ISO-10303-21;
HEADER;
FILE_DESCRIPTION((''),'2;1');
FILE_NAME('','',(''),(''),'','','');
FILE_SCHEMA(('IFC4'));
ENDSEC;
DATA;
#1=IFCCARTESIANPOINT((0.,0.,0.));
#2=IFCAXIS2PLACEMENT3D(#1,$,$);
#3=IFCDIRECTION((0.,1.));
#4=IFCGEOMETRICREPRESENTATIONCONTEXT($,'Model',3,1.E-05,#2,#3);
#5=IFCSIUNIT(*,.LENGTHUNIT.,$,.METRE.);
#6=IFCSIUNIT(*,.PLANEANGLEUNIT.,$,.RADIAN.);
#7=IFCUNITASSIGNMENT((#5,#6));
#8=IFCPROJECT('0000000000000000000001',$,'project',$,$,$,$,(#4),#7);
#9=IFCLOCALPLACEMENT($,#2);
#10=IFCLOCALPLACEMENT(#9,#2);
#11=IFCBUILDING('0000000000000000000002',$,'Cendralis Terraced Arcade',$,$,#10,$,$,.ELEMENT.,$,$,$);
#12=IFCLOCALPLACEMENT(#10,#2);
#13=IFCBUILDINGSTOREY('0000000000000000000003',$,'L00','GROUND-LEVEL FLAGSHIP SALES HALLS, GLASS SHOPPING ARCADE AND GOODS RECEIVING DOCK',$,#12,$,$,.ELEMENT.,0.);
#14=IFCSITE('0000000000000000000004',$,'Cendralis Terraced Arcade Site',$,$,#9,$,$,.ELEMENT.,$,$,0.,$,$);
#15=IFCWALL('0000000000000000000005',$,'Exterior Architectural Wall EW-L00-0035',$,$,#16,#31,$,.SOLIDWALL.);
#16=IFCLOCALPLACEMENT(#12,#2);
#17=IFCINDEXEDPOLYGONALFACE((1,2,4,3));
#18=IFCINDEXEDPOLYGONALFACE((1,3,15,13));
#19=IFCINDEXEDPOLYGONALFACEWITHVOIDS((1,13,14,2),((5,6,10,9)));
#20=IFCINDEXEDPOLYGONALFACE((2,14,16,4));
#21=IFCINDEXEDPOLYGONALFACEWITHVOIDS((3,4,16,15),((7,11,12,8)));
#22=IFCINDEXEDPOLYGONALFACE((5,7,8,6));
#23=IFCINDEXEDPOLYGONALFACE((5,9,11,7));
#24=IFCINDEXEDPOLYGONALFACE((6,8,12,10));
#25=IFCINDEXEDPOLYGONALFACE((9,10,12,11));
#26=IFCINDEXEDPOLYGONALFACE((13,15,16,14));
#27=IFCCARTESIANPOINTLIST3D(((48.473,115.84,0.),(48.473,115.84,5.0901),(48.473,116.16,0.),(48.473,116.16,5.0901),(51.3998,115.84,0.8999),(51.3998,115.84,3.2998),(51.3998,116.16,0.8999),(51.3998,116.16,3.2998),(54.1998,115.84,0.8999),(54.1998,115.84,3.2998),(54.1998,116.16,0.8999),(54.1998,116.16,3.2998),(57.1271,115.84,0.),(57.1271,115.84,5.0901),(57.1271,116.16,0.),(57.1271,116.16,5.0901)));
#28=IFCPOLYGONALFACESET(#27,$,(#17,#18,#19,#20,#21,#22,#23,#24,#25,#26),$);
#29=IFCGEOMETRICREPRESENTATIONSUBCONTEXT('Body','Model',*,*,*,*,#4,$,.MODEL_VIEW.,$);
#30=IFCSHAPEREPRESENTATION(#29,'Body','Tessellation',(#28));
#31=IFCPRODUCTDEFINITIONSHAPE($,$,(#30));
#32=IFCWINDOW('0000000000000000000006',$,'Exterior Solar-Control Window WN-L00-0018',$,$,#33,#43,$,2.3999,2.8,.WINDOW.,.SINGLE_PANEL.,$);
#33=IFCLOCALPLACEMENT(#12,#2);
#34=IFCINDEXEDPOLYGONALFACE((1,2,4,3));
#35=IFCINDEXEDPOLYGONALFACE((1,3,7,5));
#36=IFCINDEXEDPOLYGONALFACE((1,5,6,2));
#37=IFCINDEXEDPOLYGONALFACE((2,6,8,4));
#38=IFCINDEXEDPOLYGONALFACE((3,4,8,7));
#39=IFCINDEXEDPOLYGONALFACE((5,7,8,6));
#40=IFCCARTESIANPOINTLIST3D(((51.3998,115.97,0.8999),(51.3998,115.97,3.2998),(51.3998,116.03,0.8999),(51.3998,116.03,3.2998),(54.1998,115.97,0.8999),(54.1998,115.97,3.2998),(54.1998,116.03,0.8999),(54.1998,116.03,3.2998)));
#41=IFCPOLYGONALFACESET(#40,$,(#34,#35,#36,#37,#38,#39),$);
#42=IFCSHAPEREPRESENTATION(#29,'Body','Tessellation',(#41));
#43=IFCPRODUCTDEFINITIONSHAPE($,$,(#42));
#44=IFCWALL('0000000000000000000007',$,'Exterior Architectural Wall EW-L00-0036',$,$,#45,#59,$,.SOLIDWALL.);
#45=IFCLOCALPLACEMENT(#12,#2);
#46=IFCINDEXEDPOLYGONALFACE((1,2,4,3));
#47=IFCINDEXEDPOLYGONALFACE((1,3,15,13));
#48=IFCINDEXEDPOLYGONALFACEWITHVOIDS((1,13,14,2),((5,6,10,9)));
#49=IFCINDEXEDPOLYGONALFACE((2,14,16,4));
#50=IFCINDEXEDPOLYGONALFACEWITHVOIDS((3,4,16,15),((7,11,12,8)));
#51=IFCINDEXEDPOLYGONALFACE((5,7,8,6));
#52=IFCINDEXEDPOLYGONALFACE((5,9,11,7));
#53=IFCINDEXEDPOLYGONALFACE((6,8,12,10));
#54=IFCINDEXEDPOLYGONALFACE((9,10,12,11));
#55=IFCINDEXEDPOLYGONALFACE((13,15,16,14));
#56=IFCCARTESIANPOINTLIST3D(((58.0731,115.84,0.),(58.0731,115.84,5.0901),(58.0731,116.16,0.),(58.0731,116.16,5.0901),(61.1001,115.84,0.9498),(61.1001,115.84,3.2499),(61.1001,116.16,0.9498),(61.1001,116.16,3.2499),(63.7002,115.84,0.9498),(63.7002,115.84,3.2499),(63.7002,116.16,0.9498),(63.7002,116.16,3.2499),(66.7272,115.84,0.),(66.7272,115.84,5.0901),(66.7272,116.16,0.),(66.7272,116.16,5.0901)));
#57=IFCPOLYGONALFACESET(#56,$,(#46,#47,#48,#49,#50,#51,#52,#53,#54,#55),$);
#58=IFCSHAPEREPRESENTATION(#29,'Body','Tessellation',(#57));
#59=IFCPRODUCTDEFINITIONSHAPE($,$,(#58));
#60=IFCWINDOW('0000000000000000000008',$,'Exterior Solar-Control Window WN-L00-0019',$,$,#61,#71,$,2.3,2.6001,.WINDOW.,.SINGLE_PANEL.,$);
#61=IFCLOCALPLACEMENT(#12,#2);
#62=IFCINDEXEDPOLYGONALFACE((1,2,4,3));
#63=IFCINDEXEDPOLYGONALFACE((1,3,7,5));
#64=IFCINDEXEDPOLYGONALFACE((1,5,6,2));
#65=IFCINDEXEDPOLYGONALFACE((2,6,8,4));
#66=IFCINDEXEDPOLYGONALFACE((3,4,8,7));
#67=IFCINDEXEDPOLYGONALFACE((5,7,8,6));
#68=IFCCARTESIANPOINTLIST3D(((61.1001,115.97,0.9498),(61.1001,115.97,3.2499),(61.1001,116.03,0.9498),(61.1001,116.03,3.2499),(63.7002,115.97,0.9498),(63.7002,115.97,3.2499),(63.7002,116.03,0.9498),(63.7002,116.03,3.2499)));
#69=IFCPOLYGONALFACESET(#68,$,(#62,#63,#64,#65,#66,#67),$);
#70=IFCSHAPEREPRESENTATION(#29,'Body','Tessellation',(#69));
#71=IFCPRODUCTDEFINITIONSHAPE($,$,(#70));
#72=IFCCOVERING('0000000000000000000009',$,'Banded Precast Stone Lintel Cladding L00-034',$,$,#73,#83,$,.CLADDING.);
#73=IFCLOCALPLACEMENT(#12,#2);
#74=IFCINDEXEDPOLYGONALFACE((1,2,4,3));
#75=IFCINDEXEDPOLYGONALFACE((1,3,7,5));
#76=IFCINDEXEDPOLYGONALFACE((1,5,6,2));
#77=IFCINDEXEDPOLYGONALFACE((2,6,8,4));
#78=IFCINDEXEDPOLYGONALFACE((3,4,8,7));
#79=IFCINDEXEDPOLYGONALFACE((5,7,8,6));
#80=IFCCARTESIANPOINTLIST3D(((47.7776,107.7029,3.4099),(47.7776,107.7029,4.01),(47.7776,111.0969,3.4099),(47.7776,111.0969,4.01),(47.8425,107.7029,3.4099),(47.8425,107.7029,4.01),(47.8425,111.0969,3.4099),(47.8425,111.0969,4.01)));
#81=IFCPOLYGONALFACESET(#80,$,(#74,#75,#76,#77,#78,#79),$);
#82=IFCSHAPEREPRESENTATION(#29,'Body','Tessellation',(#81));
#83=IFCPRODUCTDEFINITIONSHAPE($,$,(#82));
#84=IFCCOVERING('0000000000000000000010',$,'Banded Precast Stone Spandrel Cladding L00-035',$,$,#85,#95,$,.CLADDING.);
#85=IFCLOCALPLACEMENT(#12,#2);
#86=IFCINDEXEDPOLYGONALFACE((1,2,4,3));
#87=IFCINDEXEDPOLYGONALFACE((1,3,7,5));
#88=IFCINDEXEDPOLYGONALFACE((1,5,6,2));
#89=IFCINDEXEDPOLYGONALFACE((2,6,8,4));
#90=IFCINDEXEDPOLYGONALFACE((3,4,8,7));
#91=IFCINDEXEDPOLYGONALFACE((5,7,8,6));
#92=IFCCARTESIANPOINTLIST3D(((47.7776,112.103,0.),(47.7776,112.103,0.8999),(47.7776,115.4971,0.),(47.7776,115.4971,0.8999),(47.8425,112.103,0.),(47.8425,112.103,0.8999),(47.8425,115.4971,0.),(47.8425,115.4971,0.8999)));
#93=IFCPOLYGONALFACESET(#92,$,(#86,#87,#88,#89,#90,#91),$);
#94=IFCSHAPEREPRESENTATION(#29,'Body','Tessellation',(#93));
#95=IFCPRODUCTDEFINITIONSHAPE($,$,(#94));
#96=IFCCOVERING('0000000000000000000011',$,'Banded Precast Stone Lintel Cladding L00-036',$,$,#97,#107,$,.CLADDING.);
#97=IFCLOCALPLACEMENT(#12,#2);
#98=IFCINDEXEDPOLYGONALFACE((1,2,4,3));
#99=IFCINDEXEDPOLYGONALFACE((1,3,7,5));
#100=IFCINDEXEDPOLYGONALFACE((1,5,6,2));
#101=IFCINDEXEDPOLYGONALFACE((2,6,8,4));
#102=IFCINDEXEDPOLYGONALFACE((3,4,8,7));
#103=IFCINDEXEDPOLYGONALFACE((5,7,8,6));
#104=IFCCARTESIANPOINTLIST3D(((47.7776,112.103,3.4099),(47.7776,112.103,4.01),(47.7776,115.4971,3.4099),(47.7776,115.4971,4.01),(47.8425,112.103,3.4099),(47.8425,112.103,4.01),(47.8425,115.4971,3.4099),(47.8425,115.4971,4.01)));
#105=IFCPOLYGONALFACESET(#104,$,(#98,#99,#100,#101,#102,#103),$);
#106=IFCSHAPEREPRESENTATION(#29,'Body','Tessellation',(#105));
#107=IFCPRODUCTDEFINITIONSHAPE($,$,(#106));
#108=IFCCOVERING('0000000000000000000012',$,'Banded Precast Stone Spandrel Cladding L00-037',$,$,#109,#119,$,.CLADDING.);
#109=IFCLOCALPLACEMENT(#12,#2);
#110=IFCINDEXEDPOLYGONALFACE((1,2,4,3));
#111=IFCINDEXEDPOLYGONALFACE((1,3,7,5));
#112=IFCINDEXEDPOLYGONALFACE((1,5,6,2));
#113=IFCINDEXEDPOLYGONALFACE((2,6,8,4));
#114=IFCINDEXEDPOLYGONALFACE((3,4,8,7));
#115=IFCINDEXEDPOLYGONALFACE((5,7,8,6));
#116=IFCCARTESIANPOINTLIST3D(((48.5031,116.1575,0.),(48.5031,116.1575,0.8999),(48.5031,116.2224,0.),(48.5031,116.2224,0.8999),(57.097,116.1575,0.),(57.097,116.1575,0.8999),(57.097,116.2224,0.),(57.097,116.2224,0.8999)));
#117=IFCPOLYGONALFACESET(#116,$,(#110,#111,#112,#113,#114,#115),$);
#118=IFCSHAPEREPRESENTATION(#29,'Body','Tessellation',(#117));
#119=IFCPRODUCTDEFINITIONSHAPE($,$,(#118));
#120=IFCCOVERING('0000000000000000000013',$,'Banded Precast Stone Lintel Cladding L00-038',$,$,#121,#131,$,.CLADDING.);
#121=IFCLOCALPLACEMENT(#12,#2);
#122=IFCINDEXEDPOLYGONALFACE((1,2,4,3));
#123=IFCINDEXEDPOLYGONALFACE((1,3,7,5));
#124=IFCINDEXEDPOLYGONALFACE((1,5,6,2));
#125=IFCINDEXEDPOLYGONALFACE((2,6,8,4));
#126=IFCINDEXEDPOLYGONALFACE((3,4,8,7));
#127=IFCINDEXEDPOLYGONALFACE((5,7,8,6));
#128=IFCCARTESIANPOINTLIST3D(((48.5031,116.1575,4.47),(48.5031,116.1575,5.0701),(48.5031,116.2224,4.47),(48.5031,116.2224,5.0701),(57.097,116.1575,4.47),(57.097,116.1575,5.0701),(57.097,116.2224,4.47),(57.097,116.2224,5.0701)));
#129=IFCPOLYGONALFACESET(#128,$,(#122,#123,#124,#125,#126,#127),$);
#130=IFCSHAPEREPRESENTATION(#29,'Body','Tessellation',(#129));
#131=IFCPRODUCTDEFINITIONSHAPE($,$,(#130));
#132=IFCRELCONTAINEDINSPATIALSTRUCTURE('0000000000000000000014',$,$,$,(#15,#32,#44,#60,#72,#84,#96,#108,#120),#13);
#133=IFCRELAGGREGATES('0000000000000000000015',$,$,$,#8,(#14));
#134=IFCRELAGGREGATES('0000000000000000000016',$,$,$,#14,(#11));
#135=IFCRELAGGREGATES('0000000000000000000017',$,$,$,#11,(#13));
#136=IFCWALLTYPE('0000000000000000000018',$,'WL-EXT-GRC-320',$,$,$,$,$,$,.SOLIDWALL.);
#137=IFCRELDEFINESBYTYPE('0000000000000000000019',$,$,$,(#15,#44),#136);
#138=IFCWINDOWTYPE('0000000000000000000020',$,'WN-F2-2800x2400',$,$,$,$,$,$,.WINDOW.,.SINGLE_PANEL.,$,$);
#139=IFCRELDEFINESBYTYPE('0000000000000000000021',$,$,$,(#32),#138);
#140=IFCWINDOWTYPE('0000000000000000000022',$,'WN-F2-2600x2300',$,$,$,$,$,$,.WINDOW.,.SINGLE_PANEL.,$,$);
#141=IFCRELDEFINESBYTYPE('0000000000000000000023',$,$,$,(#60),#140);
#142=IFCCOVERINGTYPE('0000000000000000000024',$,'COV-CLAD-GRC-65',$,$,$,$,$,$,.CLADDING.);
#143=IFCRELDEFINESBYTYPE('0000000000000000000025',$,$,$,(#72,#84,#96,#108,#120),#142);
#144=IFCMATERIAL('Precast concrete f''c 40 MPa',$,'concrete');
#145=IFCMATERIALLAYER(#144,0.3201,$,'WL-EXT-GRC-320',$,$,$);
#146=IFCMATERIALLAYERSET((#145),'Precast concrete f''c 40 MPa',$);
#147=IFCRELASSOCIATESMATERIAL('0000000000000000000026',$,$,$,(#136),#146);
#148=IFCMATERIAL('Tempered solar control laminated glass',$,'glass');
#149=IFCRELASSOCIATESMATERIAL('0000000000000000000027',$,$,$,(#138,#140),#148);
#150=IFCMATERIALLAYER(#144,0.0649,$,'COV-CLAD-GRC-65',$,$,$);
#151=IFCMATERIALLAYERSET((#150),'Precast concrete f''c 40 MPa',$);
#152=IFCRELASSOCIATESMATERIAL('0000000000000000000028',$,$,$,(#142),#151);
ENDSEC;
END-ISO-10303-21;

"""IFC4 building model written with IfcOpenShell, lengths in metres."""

from ifc_helpers import new_model, si_unit, direction, frame, frame_2d, origin, origin_2d, place, context, subcontext, project, spatial, rectangle, extrude, material, layer, layer_set, type_object, element, fill, save


model = new_model("IFC4")

# Units and contexts
model_context = context("Model", 3, precision=1e-05, world=origin(), true_north=direction((0.0, 1.0)))
body_context = subcontext(model_context, "Body", "Model", "MODEL_VIEW")
ifc_project = project(units=[si_unit("LENGTHUNIT", "METRE"), si_unit("PLANEANGLEUNIT", "RADIAN")], contexts=[model_context])

# Site, building, storey
site_placement = place(None, origin())
site = spatial("IfcSite", under=ifc_project, at=site_placement, Name="Cendralis Terraced Arcade Site", CompositionType="ELEMENT", RefElevation=0.0)
building_placement = place(site_placement, origin())
building = spatial("IfcBuilding", under=site, at=building_placement, Name="Cendralis Terraced Arcade", CompositionType="ELEMENT")
storey_placement = place(building_placement, origin())
storey = spatial("IfcBuildingStorey", under=building, at=storey_placement, Name="L00", Description="GROUND-LEVEL FLAGSHIP SALES HALLS, GLASS SHOPPING ARCADE AND GOODS RECEIVING DOCK", CompositionType="ELEMENT", Elevation=0.0)

# Walls, openings, windows
ifc_material_1 = material(Name="Precast concrete f'c 40 MPa", Category="concrete")
ifc_layer_1 = layer(ifc_material_1, 0.3201, Name="WL-EXT-GRC-320")
ifc_layer_set_1 = layer_set([ifc_layer_1], Name="Precast concrete f'c 40 MPa")
wall_type = type_object("IfcWallType", Name="WL-EXT-GRC-320", PredefinedType="SOLIDWALL", material=ifc_layer_set_1)
ifc_material_2 = material(Name="Tempered solar control laminated glass", Category="glass")
wall_1_placement = place(storey_placement, frame((48.4729, 116.0, 0.0), z_axis=(0.0, 0.0, 1.0), x_axis=(1.0, 0.0, 0.0)))
wall_1 = element("IfcWall", 1, at=wall_1_placement, inside=storey, type_object=wall_type, Name="Exterior Architectural Wall EW-L00-0035", PredefinedType="SOLIDWALL", context=body_context, shape_type="SweptSolid", body=[
    extrude(rectangle(XDim=8.6541, YDim=0.3201, at=frame_2d((4.3271, 0.0))), origin(), (0.0, 0.0, 1.0), 5.0901),
])
opening_1_placement = place(wall_1_placement, frame((2.927, 0.0, 0.8999)))
opening_1 = element("IfcOpeningElement", 2, at=opening_1_placement, cuts=wall_1, PredefinedType="OPENING", context=body_context, shape_type="SweptSolid", body=[
    extrude(rectangle(XDim=2.8, YDim=2.3999, at=frame_2d((1.3999, 1.2))), frame((0.0, 0.1719, 0.0), z_axis=(0.0, -1.0, 0.0), x_axis=(1.0, 0.0, 0.0)), (0.0, 0.0, 1.0), 0.344),
])
window_type_1 = type_object("IfcWindowType", Name="WN-F2-2800x2400", PartitioningType="SINGLE_PANEL", PredefinedType="WINDOW", material=ifc_material_2)
window_1_placement = place(opening_1_placement, origin())
window_1 = element("IfcWindow", 3, at=window_1_placement, inside=storey, type_object=window_type_1, Name="Exterior Solar-Control Window WN-L00-0018", OverallHeight=2.3999, OverallWidth=2.8, PartitioningType="SINGLE_PANEL", PredefinedType="WINDOW", context=body_context, shape_type="SweptSolid", body=[
    extrude(rectangle(XDim=2.8, YDim=2.3999, at=frame_2d((1.3999, 1.2))), frame((0.0, 0.03, 0.0), z_axis=(0.0, -1.0, 0.0), x_axis=(1.0, 0.0, 0.0)), (0.0, 0.0, 1.0), 0.0601),
])
fill(opening_1, window_1)
wall_2_placement = place(storey_placement, frame((58.073, 116.0, 0.0), z_axis=(0.0, 0.0, 1.0), x_axis=(1.0, 0.0, 0.0)))
wall_2 = element("IfcWall", 4, at=wall_2_placement, inside=storey, type_object=wall_type, Name="Exterior Architectural Wall EW-L00-0036", PredefinedType="SOLIDWALL", context=body_context, shape_type="SweptSolid", body=[
    extrude(rectangle(XDim=8.6541, YDim=0.3201, at=frame_2d((4.3271, 0.0))), origin(), (0.0, 0.0, 1.0), 5.0901),
])
opening_2_placement = place(wall_2_placement, frame((3.0271, 0.0, 0.95)))
opening_2 = element("IfcOpeningElement", 5, at=opening_2_placement, cuts=wall_2, PredefinedType="OPENING", context=body_context, shape_type="SweptSolid", body=[
    extrude(rectangle(XDim=2.6001, YDim=2.3, at=frame_2d((1.3, 1.1499))), frame((0.0, 0.1719, 0.0), z_axis=(0.0, -1.0, 0.0), x_axis=(1.0, 0.0, 0.0)), (0.0, 0.0, 1.0), 0.344),
])
window_type_2 = type_object("IfcWindowType", Name="WN-F2-2600x2300", PartitioningType="SINGLE_PANEL", PredefinedType="WINDOW", material=ifc_material_2)
window_2_placement = place(opening_2_placement, origin())
window_2 = element("IfcWindow", 6, at=window_2_placement, inside=storey, type_object=window_type_2, Name="Exterior Solar-Control Window WN-L00-0019", OverallHeight=2.3, OverallWidth=2.6001, PartitioningType="SINGLE_PANEL", PredefinedType="WINDOW", context=body_context, shape_type="SweptSolid", body=[
    extrude(rectangle(XDim=2.6001, YDim=2.3, at=frame_2d((1.3, 1.1499))), frame((0.0, 0.03, 0.0), z_axis=(0.0, -1.0, 0.0), x_axis=(1.0, 0.0, 0.0)), (0.0, 0.0, 1.0), 0.0601),
])
fill(opening_2, window_2)

# Coverings
ifc_layer_2 = layer(ifc_material_1, 0.0649, Name="COV-CLAD-GRC-65")
ifc_layer_set_2 = layer_set([ifc_layer_2], Name="Precast concrete f'c 40 MPa")
covering_type = type_object("IfcCoveringType", Name="COV-CLAD-GRC-65", PredefinedType="CLADDING", material=ifc_layer_set_2)
covering_1_placement = place(storey_placement, frame((47.8101, 109.3999, 3.4099), z_axis=(0.0, 0.0, 1.0), x_axis=(0.0, 1.0, 0.0)))
element("IfcCovering", 7, at=covering_1_placement, inside=storey, type_object=covering_type, Name="Banded Precast Stone Lintel Cladding L00-034", PredefinedType="CLADDING", context=body_context, shape_type="SweptSolid", body=[
    extrude(rectangle(XDim=3.394, YDim=0.0649, at=origin_2d()), origin(), (0.0, 0.0, 1.0), 0.6001),
])
covering_2_placement = place(storey_placement, frame((47.8101, 113.8, 0.0), z_axis=(0.0, 0.0, 1.0), x_axis=(0.0, 1.0, 0.0)))
element("IfcCovering", 8, at=covering_2_placement, inside=storey, type_object=covering_type, Name="Banded Precast Stone Spandrel Cladding L00-035", PredefinedType="CLADDING", context=body_context, shape_type="SweptSolid", body=[
    extrude(rectangle(XDim=3.394, YDim=0.0649, at=origin_2d()), origin(), (0.0, 0.0, 1.0), 0.8999),
])
covering_3_placement = place(storey_placement, frame((47.8101, 113.8, 3.4099), z_axis=(0.0, 0.0, 1.0), x_axis=(0.0, 1.0, 0.0)))
element("IfcCovering", 9, at=covering_3_placement, inside=storey, type_object=covering_type, Name="Banded Precast Stone Lintel Cladding L00-036", PredefinedType="CLADDING", context=body_context, shape_type="SweptSolid", body=[
    extrude(rectangle(XDim=3.394, YDim=0.0649, at=origin_2d()), origin(), (0.0, 0.0, 1.0), 0.6001),
])
covering_4_placement = place(storey_placement, frame((52.8, 116.1899, 0.0), z_axis=(0.0, 0.0, 1.0), x_axis=(1.0, 0.0, 0.0)))
element("IfcCovering", 10, at=covering_4_placement, inside=storey, type_object=covering_type, Name="Banded Precast Stone Spandrel Cladding L00-037", PredefinedType="CLADDING", context=body_context, shape_type="SweptSolid", body=[
    extrude(rectangle(XDim=8.594, YDim=0.0649, at=origin_2d()), origin(), (0.0, 0.0, 1.0), 0.8999),
])
covering_5_placement = place(storey_placement, frame((52.8, 116.1899, 4.47), z_axis=(0.0, 0.0, 1.0), x_axis=(1.0, 0.0, 0.0)))
element("IfcCovering", 11, at=covering_5_placement, inside=storey, type_object=covering_type, Name="Banded Precast Stone Lintel Cladding L00-038", PredefinedType="CLADDING", context=body_context, shape_type="SweptSolid", body=[
    extrude(rectangle(XDim=8.594, YDim=0.0649, at=origin_2d()), origin(), (0.0, 0.0, 1.0), 0.6001),
])

save(model, "model.ifc")
